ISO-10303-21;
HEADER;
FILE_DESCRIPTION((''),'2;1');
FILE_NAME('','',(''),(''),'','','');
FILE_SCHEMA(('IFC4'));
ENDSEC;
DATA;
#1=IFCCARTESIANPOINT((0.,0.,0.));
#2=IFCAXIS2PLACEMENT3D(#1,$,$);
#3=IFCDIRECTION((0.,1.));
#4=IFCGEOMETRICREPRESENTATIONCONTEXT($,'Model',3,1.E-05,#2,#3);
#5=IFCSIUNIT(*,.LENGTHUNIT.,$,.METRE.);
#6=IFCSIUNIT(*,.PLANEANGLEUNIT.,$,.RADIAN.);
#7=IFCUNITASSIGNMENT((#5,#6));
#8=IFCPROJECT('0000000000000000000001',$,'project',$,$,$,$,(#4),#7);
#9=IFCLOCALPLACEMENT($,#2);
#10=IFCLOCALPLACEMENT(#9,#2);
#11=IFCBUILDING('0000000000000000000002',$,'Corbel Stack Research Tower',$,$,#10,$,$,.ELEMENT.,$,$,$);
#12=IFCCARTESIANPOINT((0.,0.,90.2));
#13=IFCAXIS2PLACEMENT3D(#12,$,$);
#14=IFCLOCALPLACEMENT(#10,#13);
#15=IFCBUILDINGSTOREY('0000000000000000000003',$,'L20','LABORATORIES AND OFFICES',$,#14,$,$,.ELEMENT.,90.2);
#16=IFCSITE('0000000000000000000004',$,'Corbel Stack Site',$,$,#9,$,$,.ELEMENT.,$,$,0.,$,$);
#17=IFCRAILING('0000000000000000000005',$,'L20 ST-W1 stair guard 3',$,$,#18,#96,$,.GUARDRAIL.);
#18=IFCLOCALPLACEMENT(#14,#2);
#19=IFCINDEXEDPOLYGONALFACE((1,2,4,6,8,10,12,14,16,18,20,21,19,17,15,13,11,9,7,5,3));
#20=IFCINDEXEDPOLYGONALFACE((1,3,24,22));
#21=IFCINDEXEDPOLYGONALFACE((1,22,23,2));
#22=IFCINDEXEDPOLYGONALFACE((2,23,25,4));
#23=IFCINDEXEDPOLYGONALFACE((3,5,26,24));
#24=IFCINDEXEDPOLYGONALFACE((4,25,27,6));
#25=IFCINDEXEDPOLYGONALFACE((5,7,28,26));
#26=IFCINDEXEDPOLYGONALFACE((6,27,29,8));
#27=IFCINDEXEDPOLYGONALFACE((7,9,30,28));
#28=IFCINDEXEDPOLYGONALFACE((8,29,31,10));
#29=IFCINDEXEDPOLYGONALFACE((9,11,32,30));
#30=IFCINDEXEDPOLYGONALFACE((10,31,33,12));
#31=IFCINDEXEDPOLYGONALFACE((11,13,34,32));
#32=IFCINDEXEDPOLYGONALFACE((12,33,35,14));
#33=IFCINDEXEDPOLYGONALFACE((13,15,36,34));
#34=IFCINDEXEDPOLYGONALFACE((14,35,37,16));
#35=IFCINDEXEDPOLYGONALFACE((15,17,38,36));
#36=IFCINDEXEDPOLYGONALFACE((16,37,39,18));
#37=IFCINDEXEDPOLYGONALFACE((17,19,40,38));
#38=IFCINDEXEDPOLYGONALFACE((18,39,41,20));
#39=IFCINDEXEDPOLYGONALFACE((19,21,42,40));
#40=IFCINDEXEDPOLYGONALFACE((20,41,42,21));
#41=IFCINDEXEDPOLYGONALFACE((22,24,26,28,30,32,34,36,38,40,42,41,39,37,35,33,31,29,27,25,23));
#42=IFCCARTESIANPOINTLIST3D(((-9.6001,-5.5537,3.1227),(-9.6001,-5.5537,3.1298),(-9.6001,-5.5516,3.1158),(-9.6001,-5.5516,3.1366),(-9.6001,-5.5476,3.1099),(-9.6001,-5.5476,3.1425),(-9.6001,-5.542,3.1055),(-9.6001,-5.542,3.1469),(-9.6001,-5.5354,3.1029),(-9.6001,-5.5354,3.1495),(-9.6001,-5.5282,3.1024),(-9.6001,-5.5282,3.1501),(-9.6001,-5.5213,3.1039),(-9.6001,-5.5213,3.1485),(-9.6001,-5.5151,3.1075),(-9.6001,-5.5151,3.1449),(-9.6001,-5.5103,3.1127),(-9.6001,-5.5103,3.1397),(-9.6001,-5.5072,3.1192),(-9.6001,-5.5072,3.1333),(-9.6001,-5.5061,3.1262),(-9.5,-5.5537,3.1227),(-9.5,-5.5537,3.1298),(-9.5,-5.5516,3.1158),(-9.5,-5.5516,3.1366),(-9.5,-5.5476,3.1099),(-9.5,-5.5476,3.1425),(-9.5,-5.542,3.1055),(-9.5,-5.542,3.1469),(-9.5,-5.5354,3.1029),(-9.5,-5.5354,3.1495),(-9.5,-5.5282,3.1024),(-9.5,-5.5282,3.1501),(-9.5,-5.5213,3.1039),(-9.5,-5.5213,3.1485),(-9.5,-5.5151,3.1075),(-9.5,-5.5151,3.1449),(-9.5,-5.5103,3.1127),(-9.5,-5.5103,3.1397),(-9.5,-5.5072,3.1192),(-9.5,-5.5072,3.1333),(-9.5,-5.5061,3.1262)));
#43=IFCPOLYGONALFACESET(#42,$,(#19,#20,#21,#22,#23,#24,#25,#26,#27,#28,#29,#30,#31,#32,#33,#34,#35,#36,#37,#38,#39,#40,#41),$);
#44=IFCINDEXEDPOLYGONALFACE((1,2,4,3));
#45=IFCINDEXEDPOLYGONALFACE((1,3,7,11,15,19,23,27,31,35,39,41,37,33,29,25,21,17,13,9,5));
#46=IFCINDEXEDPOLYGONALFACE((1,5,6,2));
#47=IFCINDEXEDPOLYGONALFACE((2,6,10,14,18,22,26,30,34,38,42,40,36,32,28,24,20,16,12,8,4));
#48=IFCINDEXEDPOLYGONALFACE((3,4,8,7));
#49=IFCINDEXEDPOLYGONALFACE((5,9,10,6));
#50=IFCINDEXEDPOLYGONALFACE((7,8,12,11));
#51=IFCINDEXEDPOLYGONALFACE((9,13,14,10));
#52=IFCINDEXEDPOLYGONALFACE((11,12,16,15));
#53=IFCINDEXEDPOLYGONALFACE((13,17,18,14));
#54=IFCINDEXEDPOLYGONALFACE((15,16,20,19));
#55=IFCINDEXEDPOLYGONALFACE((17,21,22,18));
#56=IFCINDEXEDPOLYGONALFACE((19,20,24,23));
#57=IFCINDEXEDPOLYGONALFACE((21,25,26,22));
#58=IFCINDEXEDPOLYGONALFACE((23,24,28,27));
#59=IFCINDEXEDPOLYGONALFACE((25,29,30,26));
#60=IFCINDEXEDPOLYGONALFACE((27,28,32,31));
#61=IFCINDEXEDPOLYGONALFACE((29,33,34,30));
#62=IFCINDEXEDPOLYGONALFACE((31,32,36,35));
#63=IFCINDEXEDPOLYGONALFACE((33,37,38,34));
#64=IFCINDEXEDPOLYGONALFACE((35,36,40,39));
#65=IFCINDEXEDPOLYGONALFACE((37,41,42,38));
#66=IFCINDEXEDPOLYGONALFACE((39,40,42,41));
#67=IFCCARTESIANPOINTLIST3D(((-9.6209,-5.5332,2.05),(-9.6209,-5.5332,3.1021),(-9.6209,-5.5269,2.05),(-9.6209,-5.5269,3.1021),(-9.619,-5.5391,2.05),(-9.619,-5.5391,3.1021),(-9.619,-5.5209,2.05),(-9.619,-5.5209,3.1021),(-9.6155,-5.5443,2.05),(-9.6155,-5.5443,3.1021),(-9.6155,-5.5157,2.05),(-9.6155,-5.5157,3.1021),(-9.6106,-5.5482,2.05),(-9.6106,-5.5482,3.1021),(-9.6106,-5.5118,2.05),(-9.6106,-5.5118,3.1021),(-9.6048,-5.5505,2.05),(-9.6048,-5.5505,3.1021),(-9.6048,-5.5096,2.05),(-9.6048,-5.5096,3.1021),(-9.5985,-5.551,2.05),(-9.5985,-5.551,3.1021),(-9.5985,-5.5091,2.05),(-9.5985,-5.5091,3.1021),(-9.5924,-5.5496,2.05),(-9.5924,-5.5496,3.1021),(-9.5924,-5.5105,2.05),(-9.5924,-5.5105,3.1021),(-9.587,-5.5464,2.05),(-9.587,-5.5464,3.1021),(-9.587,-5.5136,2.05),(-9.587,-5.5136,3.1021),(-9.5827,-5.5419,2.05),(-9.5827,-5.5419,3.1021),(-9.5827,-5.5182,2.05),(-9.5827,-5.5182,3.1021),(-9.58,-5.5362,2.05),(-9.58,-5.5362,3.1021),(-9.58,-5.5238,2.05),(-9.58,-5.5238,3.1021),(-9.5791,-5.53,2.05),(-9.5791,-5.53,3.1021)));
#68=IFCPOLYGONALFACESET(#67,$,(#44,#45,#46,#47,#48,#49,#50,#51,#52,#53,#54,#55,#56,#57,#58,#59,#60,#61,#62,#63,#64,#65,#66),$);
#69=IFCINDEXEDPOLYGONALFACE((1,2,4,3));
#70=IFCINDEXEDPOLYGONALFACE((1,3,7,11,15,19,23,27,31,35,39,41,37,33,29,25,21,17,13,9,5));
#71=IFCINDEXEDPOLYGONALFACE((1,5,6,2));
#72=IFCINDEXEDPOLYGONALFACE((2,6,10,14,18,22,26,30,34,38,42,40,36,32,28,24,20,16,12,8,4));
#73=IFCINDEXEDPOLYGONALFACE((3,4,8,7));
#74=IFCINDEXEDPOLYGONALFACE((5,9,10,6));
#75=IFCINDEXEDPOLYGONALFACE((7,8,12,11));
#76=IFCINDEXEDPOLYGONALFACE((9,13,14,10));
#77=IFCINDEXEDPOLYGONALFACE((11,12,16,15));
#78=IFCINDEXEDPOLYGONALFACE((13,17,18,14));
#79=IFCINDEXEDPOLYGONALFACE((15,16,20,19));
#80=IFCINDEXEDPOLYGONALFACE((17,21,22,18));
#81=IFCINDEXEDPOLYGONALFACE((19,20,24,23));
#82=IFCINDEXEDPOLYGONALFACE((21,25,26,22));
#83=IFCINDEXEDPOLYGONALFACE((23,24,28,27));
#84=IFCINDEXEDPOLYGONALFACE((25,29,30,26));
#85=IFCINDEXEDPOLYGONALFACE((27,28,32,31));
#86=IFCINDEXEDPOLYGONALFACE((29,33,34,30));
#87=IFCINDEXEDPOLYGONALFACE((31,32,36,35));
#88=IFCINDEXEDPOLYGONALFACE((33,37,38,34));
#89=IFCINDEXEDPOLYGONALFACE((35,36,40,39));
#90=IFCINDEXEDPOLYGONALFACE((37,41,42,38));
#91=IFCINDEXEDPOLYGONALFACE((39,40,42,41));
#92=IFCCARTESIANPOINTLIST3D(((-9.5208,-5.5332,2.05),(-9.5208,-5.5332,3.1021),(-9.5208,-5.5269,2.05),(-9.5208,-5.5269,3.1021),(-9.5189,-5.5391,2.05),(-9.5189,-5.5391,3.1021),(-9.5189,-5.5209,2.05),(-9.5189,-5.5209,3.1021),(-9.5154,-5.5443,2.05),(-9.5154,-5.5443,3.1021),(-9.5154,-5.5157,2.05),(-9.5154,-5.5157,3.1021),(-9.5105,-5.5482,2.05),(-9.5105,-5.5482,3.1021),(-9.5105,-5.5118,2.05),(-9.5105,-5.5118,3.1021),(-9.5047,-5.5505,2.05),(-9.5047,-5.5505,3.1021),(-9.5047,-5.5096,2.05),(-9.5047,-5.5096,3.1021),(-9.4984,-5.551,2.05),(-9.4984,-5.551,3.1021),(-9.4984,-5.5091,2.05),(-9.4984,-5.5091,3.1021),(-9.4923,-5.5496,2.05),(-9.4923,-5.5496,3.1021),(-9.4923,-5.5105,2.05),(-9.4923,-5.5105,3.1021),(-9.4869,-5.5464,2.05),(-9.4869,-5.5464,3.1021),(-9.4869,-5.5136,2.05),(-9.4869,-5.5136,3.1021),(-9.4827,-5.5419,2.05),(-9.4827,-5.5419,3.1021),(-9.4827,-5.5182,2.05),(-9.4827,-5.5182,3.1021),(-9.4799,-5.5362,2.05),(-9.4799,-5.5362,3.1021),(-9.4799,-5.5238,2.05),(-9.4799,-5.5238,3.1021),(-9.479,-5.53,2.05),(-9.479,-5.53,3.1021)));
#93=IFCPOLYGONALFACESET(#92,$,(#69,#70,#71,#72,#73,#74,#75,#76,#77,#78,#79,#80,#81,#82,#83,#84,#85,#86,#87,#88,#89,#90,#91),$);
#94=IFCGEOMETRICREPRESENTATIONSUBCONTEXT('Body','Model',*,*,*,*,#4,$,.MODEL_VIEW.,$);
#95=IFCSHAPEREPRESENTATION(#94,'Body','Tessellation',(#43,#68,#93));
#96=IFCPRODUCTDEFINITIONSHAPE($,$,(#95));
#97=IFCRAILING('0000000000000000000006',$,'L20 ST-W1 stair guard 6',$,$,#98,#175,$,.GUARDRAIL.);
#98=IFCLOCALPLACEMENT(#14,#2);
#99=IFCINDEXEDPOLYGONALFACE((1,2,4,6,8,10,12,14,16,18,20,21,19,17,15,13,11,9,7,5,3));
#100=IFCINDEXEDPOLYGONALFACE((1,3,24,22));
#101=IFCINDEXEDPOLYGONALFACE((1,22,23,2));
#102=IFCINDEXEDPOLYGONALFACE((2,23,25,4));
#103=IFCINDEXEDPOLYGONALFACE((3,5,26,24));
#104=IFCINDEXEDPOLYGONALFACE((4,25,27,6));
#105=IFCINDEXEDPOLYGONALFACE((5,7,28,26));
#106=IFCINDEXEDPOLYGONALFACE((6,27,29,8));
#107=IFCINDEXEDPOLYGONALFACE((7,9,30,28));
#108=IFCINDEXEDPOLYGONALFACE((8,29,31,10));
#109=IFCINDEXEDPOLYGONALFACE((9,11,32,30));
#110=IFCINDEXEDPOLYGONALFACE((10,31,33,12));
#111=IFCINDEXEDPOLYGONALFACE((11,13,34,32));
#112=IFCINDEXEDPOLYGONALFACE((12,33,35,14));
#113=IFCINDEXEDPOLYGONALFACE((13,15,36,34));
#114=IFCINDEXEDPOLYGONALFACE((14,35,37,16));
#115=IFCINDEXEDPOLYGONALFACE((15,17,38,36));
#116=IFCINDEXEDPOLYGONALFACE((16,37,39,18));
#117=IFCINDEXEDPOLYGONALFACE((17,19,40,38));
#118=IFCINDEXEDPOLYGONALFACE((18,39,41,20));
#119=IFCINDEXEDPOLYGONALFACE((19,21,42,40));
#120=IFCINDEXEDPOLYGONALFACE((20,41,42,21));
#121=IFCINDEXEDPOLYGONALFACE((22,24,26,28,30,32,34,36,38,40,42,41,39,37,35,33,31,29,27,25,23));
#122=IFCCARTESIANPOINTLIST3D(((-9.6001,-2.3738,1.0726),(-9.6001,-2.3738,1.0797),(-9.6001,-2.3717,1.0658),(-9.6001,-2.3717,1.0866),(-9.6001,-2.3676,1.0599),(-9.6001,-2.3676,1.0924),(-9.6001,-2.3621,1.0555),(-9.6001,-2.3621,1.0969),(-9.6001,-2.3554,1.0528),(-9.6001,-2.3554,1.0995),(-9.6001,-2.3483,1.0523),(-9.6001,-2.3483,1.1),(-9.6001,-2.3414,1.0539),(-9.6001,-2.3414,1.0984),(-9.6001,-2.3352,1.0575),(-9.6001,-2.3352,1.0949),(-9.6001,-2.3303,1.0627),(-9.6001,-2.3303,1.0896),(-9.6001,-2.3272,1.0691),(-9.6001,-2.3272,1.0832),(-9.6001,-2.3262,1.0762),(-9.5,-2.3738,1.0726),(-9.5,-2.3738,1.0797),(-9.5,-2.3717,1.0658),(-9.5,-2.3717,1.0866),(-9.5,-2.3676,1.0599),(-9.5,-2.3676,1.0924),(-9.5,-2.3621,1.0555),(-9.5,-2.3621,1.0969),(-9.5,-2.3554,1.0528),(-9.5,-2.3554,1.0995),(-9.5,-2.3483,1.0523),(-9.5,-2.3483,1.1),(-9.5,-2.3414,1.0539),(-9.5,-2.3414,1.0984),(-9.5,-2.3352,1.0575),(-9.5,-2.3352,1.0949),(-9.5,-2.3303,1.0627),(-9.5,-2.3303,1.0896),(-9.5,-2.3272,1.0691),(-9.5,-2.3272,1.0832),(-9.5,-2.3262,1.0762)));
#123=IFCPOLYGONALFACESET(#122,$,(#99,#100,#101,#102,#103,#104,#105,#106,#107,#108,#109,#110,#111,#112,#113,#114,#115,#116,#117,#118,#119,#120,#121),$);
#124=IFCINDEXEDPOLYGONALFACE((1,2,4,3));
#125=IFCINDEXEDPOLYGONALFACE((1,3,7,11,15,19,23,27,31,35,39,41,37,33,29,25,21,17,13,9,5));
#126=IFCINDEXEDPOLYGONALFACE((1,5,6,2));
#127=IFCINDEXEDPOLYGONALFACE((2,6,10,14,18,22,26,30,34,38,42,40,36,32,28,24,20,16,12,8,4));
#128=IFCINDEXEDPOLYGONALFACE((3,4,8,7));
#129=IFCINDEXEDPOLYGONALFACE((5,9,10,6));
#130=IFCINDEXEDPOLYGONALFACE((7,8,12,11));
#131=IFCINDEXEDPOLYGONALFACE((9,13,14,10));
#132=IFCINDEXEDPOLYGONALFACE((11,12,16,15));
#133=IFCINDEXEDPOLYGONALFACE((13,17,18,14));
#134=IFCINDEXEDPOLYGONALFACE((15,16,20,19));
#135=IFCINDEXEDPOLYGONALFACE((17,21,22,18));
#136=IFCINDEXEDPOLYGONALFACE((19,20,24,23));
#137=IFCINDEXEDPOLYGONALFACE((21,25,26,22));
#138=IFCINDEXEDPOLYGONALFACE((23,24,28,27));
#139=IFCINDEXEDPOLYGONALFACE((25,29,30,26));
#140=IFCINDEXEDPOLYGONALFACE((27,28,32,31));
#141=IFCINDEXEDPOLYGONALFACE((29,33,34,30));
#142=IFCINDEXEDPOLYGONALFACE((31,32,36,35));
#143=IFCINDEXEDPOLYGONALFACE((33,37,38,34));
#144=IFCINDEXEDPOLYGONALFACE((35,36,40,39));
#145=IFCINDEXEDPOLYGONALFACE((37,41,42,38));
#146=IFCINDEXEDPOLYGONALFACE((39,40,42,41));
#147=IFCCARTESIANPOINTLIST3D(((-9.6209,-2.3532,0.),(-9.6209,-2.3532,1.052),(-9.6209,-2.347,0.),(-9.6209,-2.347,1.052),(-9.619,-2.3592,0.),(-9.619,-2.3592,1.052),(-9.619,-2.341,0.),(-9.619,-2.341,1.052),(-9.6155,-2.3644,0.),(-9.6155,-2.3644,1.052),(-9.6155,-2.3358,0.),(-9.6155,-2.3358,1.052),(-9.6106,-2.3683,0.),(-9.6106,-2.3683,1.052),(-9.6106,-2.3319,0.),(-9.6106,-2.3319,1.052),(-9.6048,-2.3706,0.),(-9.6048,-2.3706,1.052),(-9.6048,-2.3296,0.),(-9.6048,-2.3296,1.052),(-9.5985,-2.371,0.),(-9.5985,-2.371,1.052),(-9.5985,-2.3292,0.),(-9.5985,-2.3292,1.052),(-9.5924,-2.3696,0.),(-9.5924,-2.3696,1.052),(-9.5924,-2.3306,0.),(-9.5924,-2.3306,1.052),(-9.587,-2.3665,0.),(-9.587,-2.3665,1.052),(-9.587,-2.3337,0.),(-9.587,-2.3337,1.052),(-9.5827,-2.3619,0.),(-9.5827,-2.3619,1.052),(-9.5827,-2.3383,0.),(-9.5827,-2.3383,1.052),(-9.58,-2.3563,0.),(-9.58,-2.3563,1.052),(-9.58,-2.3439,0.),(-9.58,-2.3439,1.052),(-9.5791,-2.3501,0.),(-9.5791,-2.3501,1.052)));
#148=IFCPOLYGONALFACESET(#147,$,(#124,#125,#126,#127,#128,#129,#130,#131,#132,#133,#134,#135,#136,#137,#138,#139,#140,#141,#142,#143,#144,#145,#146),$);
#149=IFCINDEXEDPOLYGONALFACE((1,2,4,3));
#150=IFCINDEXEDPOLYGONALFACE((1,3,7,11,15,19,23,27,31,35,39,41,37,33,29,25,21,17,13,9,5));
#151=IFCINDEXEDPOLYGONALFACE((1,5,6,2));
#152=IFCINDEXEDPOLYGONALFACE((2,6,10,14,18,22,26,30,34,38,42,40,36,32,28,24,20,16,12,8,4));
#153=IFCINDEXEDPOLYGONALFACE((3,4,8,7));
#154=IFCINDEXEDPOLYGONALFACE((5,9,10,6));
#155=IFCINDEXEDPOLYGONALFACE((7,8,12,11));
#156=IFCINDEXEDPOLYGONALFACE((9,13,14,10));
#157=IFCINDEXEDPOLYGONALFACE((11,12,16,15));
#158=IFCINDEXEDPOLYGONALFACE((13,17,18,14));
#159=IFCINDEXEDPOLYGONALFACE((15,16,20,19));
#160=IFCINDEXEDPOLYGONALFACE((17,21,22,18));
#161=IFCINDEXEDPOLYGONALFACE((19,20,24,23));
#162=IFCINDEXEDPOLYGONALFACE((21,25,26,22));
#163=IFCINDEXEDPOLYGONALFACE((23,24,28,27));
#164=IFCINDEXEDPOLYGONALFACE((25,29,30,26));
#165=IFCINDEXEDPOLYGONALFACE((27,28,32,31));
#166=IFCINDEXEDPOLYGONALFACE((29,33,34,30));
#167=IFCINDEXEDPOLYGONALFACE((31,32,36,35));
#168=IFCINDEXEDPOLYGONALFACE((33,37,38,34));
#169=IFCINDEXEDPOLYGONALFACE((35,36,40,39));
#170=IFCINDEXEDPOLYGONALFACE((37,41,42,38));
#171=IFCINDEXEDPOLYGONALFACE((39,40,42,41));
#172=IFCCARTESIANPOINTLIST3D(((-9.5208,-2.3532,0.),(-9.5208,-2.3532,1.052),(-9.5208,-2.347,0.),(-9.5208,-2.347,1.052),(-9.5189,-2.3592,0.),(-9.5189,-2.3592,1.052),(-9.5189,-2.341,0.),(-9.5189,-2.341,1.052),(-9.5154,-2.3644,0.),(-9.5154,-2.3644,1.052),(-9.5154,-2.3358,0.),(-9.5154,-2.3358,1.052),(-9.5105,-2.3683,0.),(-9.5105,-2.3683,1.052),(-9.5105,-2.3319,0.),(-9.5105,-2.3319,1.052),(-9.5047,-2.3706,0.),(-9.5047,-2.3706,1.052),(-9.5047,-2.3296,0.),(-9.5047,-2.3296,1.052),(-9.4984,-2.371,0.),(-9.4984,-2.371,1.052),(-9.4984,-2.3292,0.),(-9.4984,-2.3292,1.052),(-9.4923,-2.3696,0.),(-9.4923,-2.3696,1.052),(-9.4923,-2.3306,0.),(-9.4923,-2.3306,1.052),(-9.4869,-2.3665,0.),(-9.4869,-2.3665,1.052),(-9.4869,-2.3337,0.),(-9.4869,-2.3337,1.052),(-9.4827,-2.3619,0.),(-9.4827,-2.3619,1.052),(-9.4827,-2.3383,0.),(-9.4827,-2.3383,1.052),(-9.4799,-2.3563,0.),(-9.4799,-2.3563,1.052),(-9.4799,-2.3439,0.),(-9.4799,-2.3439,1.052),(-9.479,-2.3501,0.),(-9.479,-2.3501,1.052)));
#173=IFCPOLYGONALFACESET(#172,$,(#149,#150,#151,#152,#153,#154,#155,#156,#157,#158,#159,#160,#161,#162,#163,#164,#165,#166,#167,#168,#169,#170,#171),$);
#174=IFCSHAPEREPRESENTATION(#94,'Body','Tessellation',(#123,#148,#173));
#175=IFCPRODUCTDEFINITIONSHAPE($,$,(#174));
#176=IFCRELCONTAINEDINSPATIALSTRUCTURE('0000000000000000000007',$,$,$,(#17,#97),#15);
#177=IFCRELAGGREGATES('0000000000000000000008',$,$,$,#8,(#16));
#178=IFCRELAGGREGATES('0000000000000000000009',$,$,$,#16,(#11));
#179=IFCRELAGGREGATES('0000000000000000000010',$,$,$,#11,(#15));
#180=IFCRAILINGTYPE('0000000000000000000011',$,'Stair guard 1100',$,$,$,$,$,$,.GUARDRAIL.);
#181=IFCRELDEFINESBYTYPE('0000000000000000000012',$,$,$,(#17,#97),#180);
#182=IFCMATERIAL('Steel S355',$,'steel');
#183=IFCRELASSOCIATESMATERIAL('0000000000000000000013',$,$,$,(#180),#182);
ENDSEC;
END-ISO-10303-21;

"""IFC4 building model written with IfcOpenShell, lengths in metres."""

from ifc_helpers import new_model, si_unit, direction, frame, origin, origin_2d, place, context, subcontext, project, spatial, circle, extrude, material, type_object, element, save


model = new_model("IFC4")

# Units and contexts
model_context = context("Model", 3, precision=1e-05, world=origin(), true_north=direction((0.0, 1.0)))
body_context = subcontext(model_context, "Body", "Model", "MODEL_VIEW")
ifc_project = project(units=[si_unit("LENGTHUNIT", "METRE"), si_unit("PLANEANGLEUNIT", "RADIAN")], contexts=[model_context])

# Site, building, storey
site_placement = place(None, origin())
site = spatial("IfcSite", under=ifc_project, at=site_placement, Name="Corbel Stack Site", CompositionType="ELEMENT", RefElevation=0.0)
building_placement = place(site_placement, origin())
building = spatial("IfcBuilding", under=site, at=building_placement, Name="Corbel Stack Research Tower", CompositionType="ELEMENT")
storey_placement = place(building_placement, frame((0.0, 0.0, 90.2)))
storey = spatial("IfcBuildingStorey", under=building, at=storey_placement, Name="L20", Description="LABORATORIES AND OFFICES", CompositionType="ELEMENT", Elevation=90.2)

# Railings
ifc_material_1 = material(Name="Steel S355", Category="steel")
railing_type_1 = type_object("IfcRailingType", Name="Stair guard 1100", PredefinedType="GUARDRAIL", material=ifc_material_1)
for number, where, name in (
    (1, (-9.6001, -5.53, 2.05), "L20 ST-W1 stair guard 3"),
    (2, (-9.6001, -2.3501, 0.0), "L20 ST-W1 stair guard 6"),
):
    element("IfcRailing", number, at=place(storey_placement, frame(where)), inside=storey, type_object=railing_type_1, Name=name, PredefinedType="GUARDRAIL", context=body_context, shape_type="SweptSolid", body=[
        extrude(circle(Radius=0.0239, at=origin_2d()), frame((0.0, 0.0, 1.0762), z_axis=(1.0, 0.0, 0.0), x_axis=(0.0, 1.0, 0.0)), (0.0, 0.0, 1.0), 0.1001),
        extrude(circle(Radius=0.021, at=origin_2d()), origin(), (0.0, 0.0, 1.0), 1.052),
        extrude(circle(Radius=0.021, at=origin_2d()), frame((0.1001, 0.0, 0.0)), (0.0, 0.0, 1.0), 1.052),
    ])

save(model, "model.ifc")
